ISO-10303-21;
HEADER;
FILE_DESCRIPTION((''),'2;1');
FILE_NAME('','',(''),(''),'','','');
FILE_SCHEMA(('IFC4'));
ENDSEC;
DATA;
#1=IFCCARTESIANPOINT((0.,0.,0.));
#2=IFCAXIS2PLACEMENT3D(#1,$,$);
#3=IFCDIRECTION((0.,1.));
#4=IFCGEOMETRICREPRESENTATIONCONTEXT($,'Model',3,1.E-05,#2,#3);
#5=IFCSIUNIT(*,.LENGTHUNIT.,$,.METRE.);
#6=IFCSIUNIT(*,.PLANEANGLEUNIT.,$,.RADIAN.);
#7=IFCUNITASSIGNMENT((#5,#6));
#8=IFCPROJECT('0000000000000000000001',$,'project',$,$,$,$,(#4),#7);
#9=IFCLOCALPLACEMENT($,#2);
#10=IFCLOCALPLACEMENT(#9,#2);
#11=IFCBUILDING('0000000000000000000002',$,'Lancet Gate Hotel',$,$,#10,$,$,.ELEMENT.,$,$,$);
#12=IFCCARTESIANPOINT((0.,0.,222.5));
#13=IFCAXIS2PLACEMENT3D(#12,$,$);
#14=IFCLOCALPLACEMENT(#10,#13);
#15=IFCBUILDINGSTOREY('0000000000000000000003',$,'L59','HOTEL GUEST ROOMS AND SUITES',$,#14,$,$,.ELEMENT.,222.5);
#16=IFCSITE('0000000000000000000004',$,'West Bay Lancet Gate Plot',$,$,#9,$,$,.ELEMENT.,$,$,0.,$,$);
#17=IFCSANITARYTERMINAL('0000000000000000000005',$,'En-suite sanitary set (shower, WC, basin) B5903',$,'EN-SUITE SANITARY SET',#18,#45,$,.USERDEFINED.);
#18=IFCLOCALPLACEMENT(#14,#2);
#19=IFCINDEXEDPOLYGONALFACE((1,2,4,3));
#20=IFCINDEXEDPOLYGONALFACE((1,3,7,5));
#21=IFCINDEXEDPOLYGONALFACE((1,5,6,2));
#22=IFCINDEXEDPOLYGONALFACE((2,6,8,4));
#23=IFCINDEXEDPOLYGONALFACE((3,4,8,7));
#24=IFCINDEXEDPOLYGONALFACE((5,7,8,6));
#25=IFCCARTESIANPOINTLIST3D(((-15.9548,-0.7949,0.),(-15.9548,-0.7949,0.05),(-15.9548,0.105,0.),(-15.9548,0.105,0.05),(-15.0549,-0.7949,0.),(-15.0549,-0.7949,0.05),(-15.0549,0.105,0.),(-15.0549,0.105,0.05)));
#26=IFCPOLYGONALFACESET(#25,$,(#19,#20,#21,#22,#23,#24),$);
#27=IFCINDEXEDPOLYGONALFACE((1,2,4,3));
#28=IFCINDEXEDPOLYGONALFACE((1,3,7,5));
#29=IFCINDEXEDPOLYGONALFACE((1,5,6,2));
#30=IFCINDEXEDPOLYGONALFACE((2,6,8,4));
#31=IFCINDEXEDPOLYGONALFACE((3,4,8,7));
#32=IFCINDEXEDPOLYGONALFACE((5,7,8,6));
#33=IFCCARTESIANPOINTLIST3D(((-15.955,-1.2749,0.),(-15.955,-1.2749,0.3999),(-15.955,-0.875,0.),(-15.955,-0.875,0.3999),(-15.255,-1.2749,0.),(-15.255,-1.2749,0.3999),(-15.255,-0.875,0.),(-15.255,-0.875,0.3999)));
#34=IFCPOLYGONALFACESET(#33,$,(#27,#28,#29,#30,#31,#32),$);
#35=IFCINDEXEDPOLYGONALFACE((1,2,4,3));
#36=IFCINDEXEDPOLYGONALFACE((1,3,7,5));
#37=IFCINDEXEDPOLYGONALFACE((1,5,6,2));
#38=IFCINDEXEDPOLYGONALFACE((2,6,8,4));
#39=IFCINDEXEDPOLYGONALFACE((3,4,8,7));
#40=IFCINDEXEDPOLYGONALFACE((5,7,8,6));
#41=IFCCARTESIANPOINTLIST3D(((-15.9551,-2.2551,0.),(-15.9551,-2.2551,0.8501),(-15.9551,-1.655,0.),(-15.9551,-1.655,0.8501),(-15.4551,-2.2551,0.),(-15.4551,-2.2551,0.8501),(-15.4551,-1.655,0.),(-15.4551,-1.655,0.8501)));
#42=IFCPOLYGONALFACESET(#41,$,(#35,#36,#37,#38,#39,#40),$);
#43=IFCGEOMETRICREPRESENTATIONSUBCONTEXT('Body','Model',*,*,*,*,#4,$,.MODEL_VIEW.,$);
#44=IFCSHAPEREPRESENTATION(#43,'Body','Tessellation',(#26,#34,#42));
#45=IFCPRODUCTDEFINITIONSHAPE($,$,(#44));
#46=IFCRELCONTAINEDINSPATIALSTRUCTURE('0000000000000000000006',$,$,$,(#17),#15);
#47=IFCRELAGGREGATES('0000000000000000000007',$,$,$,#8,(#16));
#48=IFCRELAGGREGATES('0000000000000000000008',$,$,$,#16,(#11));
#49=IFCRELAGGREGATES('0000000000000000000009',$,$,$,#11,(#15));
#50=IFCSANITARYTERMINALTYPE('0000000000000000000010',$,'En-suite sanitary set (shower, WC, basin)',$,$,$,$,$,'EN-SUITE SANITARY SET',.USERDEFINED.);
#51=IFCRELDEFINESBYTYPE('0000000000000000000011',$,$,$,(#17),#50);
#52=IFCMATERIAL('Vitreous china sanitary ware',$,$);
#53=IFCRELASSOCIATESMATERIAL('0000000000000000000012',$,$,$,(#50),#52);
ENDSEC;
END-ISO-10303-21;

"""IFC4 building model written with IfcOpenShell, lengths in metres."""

from ifc_helpers import new_model, si_unit, direction, frame, origin, origin_2d, place, context, subcontext, project, spatial, rectangle, extrude, material, type_object, element, save


model = new_model("IFC4")

# Units and contexts
model_context = context("Model", 3, precision=1e-05, world=origin(), true_north=direction((0.0, 1.0)))
body_context = subcontext(model_context, "Body", "Model", "MODEL_VIEW")
ifc_project = project(units=[si_unit("LENGTHUNIT", "METRE"), si_unit("PLANEANGLEUNIT", "RADIAN")], contexts=[model_context])

# Site, building, storey
site_placement = place(None, origin())
site = spatial("IfcSite", under=ifc_project, at=site_placement, Name="West Bay Lancet Gate Plot", CompositionType="ELEMENT", RefElevation=0.0)
building_placement = place(site_placement, origin())
building = spatial("IfcBuilding", under=site, at=building_placement, Name="Lancet Gate Hotel", CompositionType="ELEMENT")
storey_placement = place(building_placement, frame((0.0, 0.0, 222.5)))
storey = spatial("IfcBuildingStorey", under=building, at=storey_placement, Name="L59", Description="HOTEL GUEST ROOMS AND SUITES", CompositionType="ELEMENT", Elevation=222.5)

# Sanitary terminal
ifc_material_1 = material(Name="Vitreous china sanitary ware")
sanitary_terminal_type = type_object("IfcSanitaryTerminalType", Name="En-suite sanitary set (shower, WC, basin)", ElementType="EN-SUITE SANITARY SET", PredefinedType="USERDEFINED", material=ifc_material_1)
sanitary_terminal_placement = place(storey_placement, frame((-15.5049, -0.345, 0.0), z_axis=(0.0, 0.0, 1.0), x_axis=(1.0, 0.0, 0.0)))
element("IfcSanitaryTerminal", 1, at=sanitary_terminal_placement, inside=storey, type_object=sanitary_terminal_type, Name="En-suite sanitary set (shower, WC, basin) B5903", ObjectType="EN-SUITE SANITARY SET", PredefinedType="USERDEFINED", context=body_context, shape_type="SweptSolid", body=[
    extrude(rectangle(XDim=0.8999, YDim=0.8999, at=origin_2d()), frame((0.0, 0.0, 0.0), z_axis=(0.0, 0.0, 1.0), x_axis=(0.0, 1.0, 0.0)), (0.0, 0.0, 1.0), 0.05),
    extrude(rectangle(XDim=0.3999, YDim=0.7, at=origin_2d()), frame((-0.1001, -0.73, 0.0), z_axis=(0.0, 0.0, 1.0), x_axis=(0.0, 1.0, 0.0)), (0.0, 0.0, 1.0), 0.3999),
    extrude(rectangle(XDim=0.6001, YDim=0.5, at=origin_2d()), frame((-0.2002, -1.6101, 0.0), z_axis=(0.0, 0.0, 1.0), x_axis=(0.0, 1.0, 0.0)), (0.0, 0.0, 1.0), 0.8501),
])

save(model, "model.ifc")
